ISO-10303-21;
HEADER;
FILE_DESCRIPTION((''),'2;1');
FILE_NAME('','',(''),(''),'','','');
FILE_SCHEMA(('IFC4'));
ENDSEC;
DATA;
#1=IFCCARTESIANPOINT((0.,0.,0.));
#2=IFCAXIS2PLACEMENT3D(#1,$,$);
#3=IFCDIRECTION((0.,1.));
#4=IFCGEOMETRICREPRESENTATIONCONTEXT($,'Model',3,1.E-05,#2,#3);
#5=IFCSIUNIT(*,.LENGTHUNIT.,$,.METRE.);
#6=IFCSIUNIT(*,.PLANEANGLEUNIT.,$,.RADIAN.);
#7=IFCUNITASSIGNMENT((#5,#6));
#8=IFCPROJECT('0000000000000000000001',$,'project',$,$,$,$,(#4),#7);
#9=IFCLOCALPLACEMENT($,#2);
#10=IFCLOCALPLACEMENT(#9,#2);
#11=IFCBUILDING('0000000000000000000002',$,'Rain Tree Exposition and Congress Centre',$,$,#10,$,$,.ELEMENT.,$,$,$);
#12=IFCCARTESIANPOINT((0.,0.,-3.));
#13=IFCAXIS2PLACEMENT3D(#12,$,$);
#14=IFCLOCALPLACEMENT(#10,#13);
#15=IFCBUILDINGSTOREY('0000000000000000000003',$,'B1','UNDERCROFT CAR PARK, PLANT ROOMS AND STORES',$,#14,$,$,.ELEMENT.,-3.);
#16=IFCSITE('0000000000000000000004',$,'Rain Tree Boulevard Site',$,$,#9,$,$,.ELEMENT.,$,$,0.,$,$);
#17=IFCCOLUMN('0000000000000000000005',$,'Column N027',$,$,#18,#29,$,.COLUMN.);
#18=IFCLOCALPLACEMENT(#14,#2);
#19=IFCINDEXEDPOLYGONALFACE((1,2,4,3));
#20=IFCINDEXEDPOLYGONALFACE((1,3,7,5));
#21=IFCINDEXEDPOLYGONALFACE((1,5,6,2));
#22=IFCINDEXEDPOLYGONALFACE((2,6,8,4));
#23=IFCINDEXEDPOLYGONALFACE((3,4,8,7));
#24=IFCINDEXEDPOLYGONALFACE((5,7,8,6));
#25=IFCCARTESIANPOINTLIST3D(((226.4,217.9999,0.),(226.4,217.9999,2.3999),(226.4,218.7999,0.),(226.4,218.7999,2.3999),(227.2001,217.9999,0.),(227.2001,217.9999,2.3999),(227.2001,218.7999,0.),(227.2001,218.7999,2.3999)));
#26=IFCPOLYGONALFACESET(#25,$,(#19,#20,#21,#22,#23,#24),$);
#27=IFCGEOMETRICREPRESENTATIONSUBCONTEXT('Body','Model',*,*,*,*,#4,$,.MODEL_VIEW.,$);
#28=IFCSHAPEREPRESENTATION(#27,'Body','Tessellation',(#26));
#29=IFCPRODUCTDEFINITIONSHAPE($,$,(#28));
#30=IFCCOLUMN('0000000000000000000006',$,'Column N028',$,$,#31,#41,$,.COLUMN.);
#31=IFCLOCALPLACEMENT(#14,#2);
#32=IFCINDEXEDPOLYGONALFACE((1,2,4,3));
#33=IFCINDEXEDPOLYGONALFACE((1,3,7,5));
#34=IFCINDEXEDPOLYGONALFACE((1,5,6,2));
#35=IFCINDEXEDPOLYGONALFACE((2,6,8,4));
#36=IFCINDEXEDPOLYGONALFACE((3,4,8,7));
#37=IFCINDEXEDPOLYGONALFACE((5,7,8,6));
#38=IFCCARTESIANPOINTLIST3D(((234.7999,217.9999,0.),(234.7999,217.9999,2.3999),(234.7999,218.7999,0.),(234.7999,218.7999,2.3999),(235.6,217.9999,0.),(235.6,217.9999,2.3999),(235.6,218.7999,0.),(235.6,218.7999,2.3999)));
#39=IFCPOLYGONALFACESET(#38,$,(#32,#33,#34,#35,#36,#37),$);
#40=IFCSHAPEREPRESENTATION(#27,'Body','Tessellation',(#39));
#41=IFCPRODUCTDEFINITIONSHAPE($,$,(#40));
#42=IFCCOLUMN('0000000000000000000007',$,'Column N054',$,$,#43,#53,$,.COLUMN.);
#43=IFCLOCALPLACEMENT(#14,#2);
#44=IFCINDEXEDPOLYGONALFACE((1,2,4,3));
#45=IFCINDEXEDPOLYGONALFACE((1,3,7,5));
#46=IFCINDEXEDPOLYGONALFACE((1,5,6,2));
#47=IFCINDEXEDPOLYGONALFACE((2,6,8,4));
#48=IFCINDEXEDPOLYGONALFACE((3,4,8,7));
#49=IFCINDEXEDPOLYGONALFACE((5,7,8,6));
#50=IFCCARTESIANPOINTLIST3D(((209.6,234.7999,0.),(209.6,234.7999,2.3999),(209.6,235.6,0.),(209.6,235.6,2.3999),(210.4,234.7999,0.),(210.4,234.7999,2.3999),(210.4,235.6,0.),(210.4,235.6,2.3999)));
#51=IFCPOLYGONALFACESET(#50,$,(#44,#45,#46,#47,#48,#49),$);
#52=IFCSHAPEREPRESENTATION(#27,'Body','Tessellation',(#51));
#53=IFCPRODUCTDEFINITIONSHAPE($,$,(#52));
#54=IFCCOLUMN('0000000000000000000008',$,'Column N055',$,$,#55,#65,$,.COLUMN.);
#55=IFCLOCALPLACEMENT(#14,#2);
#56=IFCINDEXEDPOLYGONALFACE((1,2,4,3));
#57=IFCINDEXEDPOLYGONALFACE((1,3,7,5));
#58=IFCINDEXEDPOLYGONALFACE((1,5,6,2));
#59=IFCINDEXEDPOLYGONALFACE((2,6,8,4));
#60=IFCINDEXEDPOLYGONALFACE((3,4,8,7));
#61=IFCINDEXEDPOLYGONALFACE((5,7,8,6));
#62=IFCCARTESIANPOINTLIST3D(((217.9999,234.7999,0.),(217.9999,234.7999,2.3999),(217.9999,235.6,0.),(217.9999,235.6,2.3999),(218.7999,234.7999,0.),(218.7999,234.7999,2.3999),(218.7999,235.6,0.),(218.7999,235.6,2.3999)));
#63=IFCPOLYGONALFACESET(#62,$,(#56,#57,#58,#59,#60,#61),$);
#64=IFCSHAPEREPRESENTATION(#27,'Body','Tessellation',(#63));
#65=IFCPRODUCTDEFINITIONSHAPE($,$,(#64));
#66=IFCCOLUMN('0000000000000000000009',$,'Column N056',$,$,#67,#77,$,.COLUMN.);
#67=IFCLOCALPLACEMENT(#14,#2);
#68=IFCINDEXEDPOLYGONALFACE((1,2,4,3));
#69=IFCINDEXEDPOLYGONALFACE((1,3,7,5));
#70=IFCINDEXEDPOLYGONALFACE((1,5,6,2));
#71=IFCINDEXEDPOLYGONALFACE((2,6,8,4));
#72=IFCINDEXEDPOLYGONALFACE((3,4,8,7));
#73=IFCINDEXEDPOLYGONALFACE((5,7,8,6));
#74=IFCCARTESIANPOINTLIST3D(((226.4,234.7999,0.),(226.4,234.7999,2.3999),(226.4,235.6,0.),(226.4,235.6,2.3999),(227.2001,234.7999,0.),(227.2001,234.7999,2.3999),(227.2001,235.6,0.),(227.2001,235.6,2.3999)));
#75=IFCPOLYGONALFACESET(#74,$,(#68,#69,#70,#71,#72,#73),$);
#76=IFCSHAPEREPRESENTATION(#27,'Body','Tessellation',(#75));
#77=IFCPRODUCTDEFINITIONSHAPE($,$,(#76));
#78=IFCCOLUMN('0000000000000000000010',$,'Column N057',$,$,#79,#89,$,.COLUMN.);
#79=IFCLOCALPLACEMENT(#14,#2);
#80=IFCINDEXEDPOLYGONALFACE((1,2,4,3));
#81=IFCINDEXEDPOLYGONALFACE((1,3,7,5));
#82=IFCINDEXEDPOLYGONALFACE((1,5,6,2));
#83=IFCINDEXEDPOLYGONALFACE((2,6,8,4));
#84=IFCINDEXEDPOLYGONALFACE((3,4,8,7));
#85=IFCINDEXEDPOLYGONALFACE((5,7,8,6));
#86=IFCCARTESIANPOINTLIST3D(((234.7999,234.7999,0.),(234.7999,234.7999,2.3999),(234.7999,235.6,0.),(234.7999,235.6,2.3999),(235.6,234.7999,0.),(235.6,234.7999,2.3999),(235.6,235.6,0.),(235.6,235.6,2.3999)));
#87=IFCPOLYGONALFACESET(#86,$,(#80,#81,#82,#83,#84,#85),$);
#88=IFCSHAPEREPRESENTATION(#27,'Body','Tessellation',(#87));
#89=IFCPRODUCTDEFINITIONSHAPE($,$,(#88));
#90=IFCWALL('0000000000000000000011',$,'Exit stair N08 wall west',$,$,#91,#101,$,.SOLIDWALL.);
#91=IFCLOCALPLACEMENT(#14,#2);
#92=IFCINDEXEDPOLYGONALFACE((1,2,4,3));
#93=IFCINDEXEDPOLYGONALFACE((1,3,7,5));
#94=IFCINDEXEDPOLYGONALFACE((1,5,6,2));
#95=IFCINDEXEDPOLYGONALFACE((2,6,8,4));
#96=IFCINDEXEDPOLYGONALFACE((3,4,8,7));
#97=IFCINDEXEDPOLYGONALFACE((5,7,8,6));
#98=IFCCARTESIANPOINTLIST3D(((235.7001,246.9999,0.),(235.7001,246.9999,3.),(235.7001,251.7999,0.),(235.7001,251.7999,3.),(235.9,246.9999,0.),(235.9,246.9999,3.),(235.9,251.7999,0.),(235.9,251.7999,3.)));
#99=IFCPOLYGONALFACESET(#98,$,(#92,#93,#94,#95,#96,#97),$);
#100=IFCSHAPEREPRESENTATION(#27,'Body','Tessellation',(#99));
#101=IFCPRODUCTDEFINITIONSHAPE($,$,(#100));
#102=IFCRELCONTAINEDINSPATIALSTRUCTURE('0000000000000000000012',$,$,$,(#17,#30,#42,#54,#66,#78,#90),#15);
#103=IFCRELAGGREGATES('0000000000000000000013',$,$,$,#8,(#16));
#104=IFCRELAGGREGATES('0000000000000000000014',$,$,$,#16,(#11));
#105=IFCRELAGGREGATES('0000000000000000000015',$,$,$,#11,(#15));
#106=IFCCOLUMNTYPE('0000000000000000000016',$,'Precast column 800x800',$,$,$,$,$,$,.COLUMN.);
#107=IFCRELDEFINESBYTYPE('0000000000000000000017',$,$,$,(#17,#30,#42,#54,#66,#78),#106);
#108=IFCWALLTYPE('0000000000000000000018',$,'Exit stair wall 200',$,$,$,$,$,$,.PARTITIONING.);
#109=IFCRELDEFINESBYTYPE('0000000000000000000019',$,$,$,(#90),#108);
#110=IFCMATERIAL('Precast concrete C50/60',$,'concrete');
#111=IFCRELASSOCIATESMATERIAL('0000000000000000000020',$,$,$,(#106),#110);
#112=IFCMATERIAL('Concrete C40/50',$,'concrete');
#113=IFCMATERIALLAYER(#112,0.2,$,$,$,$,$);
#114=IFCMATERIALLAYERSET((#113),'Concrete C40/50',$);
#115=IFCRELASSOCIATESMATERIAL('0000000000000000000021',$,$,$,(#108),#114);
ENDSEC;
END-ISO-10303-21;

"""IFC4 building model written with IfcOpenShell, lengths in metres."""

from ifc_helpers import new_model, si_unit, direction, frame, frame_2d, origin, origin_2d, place, context, subcontext, project, spatial, rectangle, extrude, material, layer, layer_set, material_profile, profile_set, type_object, element, save


model = new_model("IFC4")

# Units and contexts
model_context = context("Model", 3, precision=1e-05, world=origin(), true_north=direction((0.0, 1.0)))
body_context = subcontext(model_context, "Body", "Model", "MODEL_VIEW")
ifc_project = project(units=[si_unit("LENGTHUNIT", "METRE"), si_unit("PLANEANGLEUNIT", "RADIAN")], contexts=[model_context])

# Site, building, storey
site_placement = place(None, origin())
site = spatial("IfcSite", under=ifc_project, at=site_placement, Name="Rain Tree Boulevard Site", CompositionType="ELEMENT", RefElevation=0.0)
building_placement = place(site_placement, origin())
building = spatial("IfcBuilding", under=site, at=building_placement, Name="Rain Tree Exposition and Congress Centre", CompositionType="ELEMENT")
storey_placement = place(building_placement, frame((0.0, 0.0, -3.0)))
storey = spatial("IfcBuildingStorey", under=building, at=storey_placement, Name="B1", Description="UNDERCROFT CAR PARK, PLANT ROOMS AND STORES", CompositionType="ELEMENT", Elevation=-3.0)

# Columns
ifc_material_1 = material(Name="Precast concrete C50/60", Category="concrete")
ifc_material_profile_1 = material_profile(ifc_material_1, rectangle(XDim=0.8, YDim=0.8, at=origin_2d()), Name="RC 800x800")
ifc_profile_set_1 = profile_set([ifc_material_profile_1], Name="Precast concrete C50/60")
column_type = type_object("IfcColumnType", Name="Precast column 800x800", PredefinedType="COLUMN", material=ifc_profile_set_1)
for number, where, z_axis, x_axis, name in (
    (1, (226.8, 218.3999, 0.0), (0.0, 0.0, 1.0), (1.0, 0.0, 0.0), "Column N027"),
    (2, (235.2, 218.3999, 0.0), (0.0, 0.0, 1.0), (1.0, 0.0, 0.0), "Column N028"),
    (3, (210.0, 235.2, 0.0), (0.0, 0.0, 1.0), (1.0, 0.0, 0.0), "Column N054"),
    (4, (218.3999, 235.2, 0.0), (0.0, 0.0, 1.0), (1.0, 0.0, 0.0), "Column N055"),
    (5, (226.8, 235.2, 0.0), (0.0, 0.0, 1.0), (1.0, 0.0, 0.0), "Column N056"),
    (6, (235.2, 235.2, 0.0), (0.0, 0.0, 1.0), (1.0, 0.0, 0.0), "Column N057"),
):
    element("IfcColumn", number, at=place(storey_placement, frame(where, z_axis=z_axis, x_axis=x_axis)), inside=storey, type_object=column_type, Name=name, PredefinedType="COLUMN", context=body_context, shape_type="SweptSolid", body=[
        extrude(rectangle(XDim=0.8, YDim=0.8, at=origin_2d()), origin(), (0.0, 0.0, 1.0), 2.3999),
    ])

# Wall
ifc_material_2 = material(Name="Concrete C40/50", Category="concrete")
ifc_layer = layer(ifc_material_2, 0.2)
ifc_layer_set = layer_set([ifc_layer], Name="Concrete C40/50")
wall_type = type_object("IfcWallType", Name="Exit stair wall 200", PredefinedType="PARTITIONING", material=ifc_layer_set)
wall_1_placement = place(storey_placement, frame((235.8, 247.0, 0.0), z_axis=(0.0, 0.0, 1.0), x_axis=(0.0, 1.0, 0.0)))
element("IfcWall", 7, at=wall_1_placement, inside=storey, type_object=wall_type, Name="Exit stair N08 wall west", PredefinedType="SOLIDWALL", context=body_context, shape_type="SweptSolid", body=[
    extrude(rectangle(XDim=4.8, YDim=0.2, at=frame_2d((2.3999, 0.0))), origin(), (0.0, 0.0, 1.0), 3.0),
])

save(model, "model.ifc")
